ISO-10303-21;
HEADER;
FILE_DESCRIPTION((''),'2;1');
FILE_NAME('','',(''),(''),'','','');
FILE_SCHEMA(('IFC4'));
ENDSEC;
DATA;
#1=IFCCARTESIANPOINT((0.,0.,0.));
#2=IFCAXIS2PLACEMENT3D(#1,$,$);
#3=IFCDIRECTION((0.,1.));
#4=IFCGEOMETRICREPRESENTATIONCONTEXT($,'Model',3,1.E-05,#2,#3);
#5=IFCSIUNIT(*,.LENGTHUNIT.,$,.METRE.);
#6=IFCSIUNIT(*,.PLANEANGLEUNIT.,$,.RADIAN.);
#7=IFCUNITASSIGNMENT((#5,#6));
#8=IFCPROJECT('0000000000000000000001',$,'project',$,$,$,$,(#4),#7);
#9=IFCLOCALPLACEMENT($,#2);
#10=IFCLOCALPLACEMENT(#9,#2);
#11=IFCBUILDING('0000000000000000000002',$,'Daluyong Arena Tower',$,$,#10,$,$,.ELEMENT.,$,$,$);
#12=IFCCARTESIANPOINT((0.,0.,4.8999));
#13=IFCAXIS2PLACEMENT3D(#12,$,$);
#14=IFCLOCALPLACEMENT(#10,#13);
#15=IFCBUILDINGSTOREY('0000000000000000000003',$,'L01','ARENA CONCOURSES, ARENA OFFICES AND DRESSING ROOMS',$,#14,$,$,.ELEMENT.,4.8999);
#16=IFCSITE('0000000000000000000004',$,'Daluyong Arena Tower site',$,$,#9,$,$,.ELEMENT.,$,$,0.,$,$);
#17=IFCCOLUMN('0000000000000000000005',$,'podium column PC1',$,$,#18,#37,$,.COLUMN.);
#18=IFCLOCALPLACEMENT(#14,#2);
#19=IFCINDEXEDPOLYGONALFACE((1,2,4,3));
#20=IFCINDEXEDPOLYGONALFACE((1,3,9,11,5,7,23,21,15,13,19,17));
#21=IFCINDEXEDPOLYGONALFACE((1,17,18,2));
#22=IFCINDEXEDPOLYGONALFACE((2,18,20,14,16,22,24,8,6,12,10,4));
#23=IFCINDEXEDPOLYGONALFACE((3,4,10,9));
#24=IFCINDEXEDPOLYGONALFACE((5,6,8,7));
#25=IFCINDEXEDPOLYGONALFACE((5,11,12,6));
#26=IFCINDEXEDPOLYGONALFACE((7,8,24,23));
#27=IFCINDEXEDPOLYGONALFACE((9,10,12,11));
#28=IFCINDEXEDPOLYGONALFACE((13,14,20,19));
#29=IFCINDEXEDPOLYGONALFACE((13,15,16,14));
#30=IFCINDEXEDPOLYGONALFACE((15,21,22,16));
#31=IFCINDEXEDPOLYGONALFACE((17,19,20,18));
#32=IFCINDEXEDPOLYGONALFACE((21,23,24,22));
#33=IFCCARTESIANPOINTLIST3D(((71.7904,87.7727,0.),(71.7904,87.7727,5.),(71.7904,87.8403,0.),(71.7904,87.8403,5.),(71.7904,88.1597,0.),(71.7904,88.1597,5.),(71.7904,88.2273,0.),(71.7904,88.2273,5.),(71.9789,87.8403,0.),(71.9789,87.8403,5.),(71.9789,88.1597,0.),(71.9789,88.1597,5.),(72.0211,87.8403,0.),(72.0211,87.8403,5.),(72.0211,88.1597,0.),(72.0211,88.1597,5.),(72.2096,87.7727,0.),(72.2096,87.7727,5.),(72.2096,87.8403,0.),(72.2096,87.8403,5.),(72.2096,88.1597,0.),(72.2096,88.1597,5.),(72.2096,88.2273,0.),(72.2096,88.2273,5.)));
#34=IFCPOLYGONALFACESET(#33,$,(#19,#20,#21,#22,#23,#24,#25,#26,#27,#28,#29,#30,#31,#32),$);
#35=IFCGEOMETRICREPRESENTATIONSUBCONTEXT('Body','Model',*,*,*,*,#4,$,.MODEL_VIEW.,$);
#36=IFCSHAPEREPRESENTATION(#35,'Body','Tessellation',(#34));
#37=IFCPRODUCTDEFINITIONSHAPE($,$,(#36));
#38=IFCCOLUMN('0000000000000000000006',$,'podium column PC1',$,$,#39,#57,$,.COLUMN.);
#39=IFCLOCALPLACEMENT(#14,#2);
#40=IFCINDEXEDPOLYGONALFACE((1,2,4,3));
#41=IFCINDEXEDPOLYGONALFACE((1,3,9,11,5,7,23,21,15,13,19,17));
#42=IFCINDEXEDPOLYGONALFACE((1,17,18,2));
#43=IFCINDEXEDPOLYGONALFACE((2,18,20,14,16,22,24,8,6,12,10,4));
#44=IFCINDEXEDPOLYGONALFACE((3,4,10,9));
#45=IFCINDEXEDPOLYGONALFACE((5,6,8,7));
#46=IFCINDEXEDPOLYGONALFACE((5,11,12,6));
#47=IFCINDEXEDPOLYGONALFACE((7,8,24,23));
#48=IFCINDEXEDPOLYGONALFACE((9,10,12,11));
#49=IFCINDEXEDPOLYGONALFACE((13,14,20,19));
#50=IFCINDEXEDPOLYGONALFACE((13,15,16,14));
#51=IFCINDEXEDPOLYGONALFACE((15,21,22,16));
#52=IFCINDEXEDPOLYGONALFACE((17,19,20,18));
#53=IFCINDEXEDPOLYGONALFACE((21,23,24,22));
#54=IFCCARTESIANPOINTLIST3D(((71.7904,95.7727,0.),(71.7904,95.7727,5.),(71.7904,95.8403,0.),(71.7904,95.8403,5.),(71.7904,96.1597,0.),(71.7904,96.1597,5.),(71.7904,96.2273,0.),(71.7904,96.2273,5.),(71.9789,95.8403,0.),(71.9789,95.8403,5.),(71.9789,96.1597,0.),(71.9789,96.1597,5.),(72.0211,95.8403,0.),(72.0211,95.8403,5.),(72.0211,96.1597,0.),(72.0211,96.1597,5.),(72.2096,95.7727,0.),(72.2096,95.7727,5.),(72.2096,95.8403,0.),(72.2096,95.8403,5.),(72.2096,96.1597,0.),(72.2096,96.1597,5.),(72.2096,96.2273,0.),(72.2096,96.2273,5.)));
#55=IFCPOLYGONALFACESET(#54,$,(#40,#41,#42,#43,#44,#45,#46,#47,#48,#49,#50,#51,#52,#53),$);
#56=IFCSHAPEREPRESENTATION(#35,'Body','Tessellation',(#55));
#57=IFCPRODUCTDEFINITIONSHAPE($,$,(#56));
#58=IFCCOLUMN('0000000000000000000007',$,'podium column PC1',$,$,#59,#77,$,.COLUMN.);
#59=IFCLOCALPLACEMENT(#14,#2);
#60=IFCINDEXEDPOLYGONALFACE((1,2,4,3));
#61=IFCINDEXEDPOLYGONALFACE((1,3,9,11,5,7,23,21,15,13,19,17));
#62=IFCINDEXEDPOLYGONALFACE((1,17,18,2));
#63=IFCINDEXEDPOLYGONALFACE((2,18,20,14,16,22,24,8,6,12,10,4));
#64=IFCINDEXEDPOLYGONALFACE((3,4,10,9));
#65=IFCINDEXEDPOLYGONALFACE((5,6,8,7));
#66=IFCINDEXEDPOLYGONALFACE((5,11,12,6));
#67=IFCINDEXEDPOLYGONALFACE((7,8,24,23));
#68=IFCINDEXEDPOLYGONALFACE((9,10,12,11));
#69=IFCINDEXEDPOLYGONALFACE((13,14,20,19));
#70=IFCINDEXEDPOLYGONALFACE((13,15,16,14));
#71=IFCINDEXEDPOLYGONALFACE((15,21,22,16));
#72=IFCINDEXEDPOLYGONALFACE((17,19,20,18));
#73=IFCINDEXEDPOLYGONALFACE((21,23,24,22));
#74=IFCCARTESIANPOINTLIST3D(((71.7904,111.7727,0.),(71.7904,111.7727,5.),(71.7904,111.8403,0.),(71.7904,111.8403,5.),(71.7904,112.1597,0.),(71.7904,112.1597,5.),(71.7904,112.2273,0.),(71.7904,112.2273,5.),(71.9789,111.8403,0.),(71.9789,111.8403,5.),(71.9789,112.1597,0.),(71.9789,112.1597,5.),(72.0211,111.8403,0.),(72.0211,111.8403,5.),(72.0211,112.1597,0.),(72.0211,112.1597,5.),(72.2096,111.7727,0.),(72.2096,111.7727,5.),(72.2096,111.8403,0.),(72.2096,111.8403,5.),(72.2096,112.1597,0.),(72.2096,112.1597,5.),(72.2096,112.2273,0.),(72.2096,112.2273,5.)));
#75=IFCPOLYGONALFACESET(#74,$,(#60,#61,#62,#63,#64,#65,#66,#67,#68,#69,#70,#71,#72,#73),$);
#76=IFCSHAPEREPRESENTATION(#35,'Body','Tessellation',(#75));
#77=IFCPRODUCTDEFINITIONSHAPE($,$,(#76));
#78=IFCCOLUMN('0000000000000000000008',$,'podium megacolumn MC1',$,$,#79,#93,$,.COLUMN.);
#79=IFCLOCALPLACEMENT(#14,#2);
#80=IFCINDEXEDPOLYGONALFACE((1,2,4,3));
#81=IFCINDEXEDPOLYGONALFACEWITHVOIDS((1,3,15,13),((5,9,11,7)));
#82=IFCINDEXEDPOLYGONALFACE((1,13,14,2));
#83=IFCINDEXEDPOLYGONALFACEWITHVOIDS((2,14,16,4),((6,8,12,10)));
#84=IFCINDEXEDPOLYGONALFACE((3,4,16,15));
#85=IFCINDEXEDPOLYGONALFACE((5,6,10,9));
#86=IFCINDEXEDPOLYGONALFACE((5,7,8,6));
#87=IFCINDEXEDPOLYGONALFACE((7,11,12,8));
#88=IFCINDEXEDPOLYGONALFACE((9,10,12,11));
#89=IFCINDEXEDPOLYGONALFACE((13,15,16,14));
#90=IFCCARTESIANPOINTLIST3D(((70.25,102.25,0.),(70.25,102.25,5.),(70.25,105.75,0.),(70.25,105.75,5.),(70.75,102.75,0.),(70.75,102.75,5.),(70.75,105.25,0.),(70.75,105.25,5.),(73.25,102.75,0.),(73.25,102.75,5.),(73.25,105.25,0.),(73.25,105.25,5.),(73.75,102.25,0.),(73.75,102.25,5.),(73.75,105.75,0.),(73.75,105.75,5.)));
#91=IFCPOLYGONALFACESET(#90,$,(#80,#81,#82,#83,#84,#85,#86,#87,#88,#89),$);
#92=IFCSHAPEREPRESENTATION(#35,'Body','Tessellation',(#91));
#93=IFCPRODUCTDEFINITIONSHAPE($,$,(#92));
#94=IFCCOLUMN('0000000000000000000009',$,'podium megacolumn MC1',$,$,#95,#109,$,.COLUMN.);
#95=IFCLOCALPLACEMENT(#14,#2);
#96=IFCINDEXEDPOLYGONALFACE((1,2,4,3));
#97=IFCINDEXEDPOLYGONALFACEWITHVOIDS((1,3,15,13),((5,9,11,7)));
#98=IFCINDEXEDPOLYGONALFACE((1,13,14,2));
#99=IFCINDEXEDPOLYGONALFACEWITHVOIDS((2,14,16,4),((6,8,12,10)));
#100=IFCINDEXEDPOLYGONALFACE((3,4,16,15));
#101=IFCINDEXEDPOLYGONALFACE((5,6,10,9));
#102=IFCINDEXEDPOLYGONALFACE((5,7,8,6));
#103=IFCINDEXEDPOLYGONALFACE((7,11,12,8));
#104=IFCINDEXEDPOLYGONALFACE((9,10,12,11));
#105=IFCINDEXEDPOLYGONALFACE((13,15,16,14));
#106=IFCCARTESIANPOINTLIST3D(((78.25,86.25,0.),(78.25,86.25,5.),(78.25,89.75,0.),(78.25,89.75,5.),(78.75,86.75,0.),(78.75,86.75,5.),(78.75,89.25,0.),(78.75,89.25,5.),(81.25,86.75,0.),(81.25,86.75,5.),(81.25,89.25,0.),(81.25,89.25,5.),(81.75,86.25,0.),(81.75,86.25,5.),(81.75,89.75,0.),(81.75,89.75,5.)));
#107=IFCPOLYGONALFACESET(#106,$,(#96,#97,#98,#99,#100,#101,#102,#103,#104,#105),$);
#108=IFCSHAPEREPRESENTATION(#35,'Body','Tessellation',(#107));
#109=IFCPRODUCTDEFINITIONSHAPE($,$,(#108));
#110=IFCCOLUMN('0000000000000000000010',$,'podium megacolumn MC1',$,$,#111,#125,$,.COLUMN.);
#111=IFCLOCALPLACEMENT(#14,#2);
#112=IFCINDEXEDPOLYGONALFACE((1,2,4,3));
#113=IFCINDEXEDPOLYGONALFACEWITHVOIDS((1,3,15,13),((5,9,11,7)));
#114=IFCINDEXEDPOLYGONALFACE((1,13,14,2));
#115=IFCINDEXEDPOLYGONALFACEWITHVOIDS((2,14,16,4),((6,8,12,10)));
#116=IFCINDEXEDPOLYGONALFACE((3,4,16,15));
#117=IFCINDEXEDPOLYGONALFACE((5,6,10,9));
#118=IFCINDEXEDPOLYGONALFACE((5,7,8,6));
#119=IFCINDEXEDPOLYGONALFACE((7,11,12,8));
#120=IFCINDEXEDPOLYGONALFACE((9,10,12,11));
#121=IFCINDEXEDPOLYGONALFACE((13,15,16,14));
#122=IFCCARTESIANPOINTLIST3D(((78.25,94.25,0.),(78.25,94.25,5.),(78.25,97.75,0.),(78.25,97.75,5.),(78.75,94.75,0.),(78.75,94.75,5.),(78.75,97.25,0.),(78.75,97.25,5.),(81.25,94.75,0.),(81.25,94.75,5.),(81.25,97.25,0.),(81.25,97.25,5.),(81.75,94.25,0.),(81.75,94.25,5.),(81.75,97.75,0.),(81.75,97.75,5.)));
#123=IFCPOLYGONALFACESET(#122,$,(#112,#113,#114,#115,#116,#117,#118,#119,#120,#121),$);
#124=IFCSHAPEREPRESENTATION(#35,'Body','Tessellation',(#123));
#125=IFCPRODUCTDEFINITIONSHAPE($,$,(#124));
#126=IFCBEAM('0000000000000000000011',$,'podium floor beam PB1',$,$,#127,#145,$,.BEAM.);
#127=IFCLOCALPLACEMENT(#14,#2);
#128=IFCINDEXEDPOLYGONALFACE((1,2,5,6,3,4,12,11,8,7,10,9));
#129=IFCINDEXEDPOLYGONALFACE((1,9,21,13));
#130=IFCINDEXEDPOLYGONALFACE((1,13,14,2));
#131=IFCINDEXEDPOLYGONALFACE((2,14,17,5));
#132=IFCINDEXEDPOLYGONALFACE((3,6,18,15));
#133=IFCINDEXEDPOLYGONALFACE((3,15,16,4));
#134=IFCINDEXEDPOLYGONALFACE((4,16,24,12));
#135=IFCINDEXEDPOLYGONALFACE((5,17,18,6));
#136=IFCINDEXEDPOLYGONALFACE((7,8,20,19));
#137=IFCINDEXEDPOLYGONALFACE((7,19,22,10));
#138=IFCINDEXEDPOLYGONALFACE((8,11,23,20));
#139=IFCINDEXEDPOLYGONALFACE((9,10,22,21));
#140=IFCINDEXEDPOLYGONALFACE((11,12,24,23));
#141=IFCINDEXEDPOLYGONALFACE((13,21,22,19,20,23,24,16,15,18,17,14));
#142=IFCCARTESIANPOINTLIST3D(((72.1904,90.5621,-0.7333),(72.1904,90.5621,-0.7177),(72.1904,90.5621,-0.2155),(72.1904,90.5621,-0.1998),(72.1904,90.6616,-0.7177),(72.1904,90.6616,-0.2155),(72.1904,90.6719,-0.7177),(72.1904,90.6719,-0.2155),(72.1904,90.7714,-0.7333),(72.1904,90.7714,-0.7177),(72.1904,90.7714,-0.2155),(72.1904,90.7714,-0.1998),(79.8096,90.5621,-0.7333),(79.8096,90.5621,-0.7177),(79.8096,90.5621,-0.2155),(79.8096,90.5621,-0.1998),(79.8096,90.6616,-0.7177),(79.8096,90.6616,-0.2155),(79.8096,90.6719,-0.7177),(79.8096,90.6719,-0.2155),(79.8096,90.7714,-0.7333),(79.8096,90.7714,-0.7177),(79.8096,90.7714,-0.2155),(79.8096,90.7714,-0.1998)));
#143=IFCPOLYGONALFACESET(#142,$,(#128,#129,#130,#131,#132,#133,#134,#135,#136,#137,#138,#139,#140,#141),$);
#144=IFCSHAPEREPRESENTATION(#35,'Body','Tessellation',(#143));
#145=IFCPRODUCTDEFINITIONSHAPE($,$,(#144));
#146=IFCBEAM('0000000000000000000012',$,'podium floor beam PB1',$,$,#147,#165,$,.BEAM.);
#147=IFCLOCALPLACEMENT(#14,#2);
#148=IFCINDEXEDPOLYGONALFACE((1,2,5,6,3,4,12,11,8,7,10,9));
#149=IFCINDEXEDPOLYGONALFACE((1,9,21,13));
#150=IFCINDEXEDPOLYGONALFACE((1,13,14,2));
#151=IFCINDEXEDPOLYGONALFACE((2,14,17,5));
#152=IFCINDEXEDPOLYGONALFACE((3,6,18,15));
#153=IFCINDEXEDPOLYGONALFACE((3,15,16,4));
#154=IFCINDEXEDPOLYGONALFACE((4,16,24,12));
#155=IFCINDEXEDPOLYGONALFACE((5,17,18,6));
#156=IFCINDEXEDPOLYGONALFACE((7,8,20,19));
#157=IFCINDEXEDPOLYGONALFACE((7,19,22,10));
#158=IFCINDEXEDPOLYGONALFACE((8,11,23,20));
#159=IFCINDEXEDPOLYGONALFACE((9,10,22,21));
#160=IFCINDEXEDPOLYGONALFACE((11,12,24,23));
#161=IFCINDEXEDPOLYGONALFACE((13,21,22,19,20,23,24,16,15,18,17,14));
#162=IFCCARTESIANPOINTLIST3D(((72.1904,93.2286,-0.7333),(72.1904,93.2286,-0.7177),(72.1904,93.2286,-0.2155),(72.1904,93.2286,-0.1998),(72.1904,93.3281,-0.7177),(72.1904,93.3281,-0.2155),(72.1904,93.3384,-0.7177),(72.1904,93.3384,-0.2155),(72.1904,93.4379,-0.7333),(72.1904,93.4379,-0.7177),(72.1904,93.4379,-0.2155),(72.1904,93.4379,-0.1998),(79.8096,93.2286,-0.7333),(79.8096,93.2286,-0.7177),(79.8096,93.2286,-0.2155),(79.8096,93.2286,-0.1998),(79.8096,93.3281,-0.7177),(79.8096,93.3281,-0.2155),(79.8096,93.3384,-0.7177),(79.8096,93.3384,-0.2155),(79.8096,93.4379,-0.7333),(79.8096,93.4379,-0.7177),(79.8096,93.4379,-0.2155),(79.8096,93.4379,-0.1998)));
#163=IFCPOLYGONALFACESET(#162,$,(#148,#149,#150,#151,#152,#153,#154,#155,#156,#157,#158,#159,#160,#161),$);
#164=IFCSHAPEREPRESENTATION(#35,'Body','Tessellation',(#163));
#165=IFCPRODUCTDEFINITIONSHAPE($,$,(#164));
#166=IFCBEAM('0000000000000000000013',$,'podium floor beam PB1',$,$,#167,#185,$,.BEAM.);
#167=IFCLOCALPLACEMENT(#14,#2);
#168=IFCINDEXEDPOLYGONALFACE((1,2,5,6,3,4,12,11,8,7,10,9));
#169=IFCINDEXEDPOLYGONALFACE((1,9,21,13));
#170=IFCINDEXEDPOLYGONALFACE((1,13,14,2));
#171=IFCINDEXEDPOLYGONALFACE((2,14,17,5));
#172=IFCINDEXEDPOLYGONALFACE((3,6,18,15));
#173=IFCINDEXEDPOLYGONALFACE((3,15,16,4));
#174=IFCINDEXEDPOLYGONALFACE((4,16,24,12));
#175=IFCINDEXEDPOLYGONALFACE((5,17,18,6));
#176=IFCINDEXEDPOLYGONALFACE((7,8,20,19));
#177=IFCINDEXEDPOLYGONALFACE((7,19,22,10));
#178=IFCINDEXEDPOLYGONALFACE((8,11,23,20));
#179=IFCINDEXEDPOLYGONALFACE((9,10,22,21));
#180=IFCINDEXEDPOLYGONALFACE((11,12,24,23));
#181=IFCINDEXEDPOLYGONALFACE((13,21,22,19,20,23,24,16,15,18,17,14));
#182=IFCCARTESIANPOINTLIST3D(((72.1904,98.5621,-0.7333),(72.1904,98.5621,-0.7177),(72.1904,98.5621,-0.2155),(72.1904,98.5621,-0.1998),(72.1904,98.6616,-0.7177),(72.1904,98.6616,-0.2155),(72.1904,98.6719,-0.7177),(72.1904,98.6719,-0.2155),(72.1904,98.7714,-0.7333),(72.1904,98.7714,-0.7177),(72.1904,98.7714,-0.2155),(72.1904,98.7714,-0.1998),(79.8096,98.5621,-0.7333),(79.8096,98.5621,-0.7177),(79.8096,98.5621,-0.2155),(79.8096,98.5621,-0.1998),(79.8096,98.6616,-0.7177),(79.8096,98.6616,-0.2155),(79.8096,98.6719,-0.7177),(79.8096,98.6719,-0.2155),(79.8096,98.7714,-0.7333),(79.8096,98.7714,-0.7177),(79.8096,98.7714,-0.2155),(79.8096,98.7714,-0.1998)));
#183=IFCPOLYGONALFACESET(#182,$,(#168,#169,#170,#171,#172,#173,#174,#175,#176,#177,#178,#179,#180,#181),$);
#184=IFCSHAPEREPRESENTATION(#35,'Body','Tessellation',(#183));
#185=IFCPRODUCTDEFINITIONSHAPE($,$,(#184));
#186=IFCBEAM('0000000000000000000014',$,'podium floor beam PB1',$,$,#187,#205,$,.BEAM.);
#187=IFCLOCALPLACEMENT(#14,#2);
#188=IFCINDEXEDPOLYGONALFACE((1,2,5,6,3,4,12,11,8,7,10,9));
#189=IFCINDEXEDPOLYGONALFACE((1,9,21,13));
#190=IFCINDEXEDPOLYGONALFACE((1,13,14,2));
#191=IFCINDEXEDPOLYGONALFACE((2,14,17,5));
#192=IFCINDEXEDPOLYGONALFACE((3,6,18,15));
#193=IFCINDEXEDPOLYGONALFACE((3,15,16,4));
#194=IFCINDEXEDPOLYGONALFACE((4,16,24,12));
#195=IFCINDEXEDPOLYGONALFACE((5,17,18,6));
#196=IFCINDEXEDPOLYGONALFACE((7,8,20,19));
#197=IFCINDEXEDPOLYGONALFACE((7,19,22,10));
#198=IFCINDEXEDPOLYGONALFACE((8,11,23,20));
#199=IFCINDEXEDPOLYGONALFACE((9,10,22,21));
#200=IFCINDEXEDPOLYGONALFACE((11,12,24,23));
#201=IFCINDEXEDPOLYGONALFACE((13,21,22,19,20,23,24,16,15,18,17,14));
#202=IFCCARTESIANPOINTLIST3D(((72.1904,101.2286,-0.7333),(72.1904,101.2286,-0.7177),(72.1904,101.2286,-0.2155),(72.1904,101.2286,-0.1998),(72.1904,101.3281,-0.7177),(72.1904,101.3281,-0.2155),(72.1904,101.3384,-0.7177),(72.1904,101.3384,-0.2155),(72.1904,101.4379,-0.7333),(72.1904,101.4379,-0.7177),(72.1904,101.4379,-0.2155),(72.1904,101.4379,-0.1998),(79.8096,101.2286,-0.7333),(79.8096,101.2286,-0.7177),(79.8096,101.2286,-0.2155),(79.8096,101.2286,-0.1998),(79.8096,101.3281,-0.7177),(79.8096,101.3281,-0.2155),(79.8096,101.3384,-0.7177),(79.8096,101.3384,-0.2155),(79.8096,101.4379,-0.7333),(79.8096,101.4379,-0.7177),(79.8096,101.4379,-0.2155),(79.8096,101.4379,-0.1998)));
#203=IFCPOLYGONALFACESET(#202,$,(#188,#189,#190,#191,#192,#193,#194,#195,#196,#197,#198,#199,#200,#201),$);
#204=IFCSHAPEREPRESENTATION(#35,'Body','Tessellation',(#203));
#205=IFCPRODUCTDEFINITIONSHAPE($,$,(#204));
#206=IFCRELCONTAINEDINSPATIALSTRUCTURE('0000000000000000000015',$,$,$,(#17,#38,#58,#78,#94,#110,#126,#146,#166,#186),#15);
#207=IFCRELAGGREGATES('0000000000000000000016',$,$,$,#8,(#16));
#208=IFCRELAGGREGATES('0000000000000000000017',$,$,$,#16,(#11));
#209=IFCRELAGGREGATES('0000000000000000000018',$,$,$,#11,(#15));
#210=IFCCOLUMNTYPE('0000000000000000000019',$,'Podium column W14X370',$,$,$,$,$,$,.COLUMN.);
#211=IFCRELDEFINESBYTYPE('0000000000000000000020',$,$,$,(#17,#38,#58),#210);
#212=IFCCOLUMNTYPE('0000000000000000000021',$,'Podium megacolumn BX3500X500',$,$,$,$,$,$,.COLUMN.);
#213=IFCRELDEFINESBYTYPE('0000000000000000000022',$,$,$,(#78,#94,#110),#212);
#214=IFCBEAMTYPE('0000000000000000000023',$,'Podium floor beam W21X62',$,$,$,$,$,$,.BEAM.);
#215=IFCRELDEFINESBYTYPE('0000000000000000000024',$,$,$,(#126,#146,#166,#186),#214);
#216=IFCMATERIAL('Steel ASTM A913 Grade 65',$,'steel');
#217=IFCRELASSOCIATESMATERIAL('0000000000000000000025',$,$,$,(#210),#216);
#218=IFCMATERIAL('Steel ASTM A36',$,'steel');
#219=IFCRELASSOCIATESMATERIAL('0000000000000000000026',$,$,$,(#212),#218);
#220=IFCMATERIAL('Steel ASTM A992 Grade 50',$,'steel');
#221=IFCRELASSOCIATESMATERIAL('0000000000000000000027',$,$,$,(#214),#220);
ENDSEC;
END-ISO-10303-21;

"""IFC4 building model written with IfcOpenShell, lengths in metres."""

from ifc_helpers import new_model, si_unit, direction, frame, origin, origin_2d, place, context, subcontext, project, spatial, hollow_rectangle, i_section, extrude, material, material_profile, profile_set, type_object, element, save


model = new_model("IFC4")

# Units and contexts
model_context = context("Model", 3, precision=1e-05, world=origin(), true_north=direction((0.0, 1.0)))
body_context = subcontext(model_context, "Body", "Model", "MODEL_VIEW")
ifc_project = project(units=[si_unit("LENGTHUNIT", "METRE"), si_unit("PLANEANGLEUNIT", "RADIAN")], contexts=[model_context])

# Site, building, storey
site_placement = place(None, origin())
site = spatial("IfcSite", under=ifc_project, at=site_placement, Name="Daluyong Arena Tower site", CompositionType="ELEMENT", RefElevation=0.0)
building_placement = place(site_placement, origin())
building = spatial("IfcBuilding", under=site, at=building_placement, Name="Daluyong Arena Tower", CompositionType="ELEMENT")
storey_placement = place(building_placement, frame((0.0, 0.0, 4.8999)))
storey = spatial("IfcBuildingStorey", under=building, at=storey_placement, Name="L01", Description="ARENA CONCOURSES, ARENA OFFICES AND DRESSING ROOMS", CompositionType="ELEMENT", Elevation=4.8999)

# Columns
ifc_material_1 = material(Name="Steel ASTM A913 Grade 65", Category="steel")
ifc_material_profile_1 = material_profile(ifc_material_1, i_section(OverallWidth=0.4192, OverallDepth=0.4546, WebThickness=0.0422, FlangeThickness=0.0676, at=origin_2d()))
ifc_profile_set_1 = profile_set([ifc_material_profile_1], Name="Steel ASTM A913 Grade 65")
column_type_1 = type_object("IfcColumnType", Name="Podium column W14X370", PredefinedType="COLUMN", material=ifc_profile_set_1)
for number, where, z_axis, x_axis, name in (
    (1, (72.0, 88.0, 0.0), (0.0, 0.0, 1.0), (1.0, 0.0, 0.0), "podium column PC1"),
    (2, (72.0, 96.0, 0.0), (0.0, 0.0, 1.0), (1.0, 0.0, 0.0), "podium column PC1"),
    (3, (72.0, 112.0, 0.0), (0.0, 0.0, 1.0), (1.0, 0.0, 0.0), "podium column PC1"),
):
    element("IfcColumn", number, at=place(storey_placement, frame(where, z_axis=z_axis, x_axis=x_axis)), inside=storey, type_object=column_type_1, Name=name, PredefinedType="COLUMN", context=body_context, shape_type="SweptSolid", body=[
        extrude(i_section(OverallWidth=0.4192, OverallDepth=0.4546, WebThickness=0.0422, FlangeThickness=0.0676, at=origin_2d()), origin(), (0.0, 0.0, 1.0), 5.0),
    ])
ifc_material_2 = material(Name="Steel ASTM A36", Category="steel")
ifc_material_profile_2 = material_profile(ifc_material_2, hollow_rectangle(XDim=3.5, YDim=3.5, WallThickness=0.5, at=origin_2d()))
ifc_profile_set_2 = profile_set([ifc_material_profile_2], Name="Steel ASTM A36")
column_type_2 = type_object("IfcColumnType", Name="Podium megacolumn BX3500X500", PredefinedType="COLUMN", material=ifc_profile_set_2)
for number, where, z_axis, x_axis, name in (
    (4, (72.0, 104.0, 0.0), (0.0, 0.0, 1.0), (1.0, 0.0, 0.0), "podium megacolumn MC1"),
    (5, (80.0, 88.0, 0.0), (0.0, 0.0, 1.0), (1.0, 0.0, 0.0), "podium megacolumn MC1"),
    (6, (80.0, 96.0, 0.0), (0.0, 0.0, 1.0), (1.0, 0.0, 0.0), "podium megacolumn MC1"),
):
    element("IfcColumn", number, at=place(storey_placement, frame(where, z_axis=z_axis, x_axis=x_axis)), inside=storey, type_object=column_type_2, Name=name, PredefinedType="COLUMN", context=body_context, shape_type="SweptSolid", body=[
        extrude(hollow_rectangle(XDim=3.5, YDim=3.5, WallThickness=0.5, at=origin_2d()), origin(), (0.0, 0.0, 1.0), 5.0),
    ])

# Beams
ifc_material_3 = material(Name="Steel ASTM A992 Grade 50", Category="steel")
ifc_material_profile_3 = material_profile(ifc_material_3, i_section(OverallWidth=0.2092, OverallDepth=0.5334, WebThickness=0.0103, FlangeThickness=0.0156, at=origin_2d()))
ifc_profile_set_3 = profile_set([ifc_material_profile_3], Name="Steel ASTM A992 Grade 50")
beam_type_1 = type_object("IfcBeamType", Name="Podium floor beam W21X62", PredefinedType="BEAM", material=ifc_profile_set_3)
for number, where, z_axis, x_axis, name in (
    (7, (72.1904, 90.6667, -0.4666), (1.0, 0.0, 0.0), (0.0, 1.0, 0.0), "podium floor beam PB1"),
    (8, (72.1904, 93.3333, -0.4666), (1.0, 0.0, 0.0), (0.0, 1.0, 0.0), "podium floor beam PB1"),
    (9, (72.1904, 98.6667, -0.4666), (1.0, 0.0, 0.0), (0.0, 1.0, 0.0), "podium floor beam PB1"),
    (10, (72.1904, 101.3333, -0.4666), (1.0, 0.0, 0.0), (0.0, 1.0, 0.0), "podium floor beam PB1"),
):
    element("IfcBeam", number, at=place(storey_placement, frame(where, z_axis=z_axis, x_axis=x_axis)), inside=storey, type_object=beam_type_1, Name=name, PredefinedType="BEAM", context=body_context, shape_type="SweptSolid", body=[
        extrude(i_section(OverallWidth=0.2092, OverallDepth=0.5334, WebThickness=0.0103, FlangeThickness=0.0156, at=origin_2d()), origin(), (0.0, 0.0, 1.0), 7.6191),
    ])

save(model, "model.ifc")
